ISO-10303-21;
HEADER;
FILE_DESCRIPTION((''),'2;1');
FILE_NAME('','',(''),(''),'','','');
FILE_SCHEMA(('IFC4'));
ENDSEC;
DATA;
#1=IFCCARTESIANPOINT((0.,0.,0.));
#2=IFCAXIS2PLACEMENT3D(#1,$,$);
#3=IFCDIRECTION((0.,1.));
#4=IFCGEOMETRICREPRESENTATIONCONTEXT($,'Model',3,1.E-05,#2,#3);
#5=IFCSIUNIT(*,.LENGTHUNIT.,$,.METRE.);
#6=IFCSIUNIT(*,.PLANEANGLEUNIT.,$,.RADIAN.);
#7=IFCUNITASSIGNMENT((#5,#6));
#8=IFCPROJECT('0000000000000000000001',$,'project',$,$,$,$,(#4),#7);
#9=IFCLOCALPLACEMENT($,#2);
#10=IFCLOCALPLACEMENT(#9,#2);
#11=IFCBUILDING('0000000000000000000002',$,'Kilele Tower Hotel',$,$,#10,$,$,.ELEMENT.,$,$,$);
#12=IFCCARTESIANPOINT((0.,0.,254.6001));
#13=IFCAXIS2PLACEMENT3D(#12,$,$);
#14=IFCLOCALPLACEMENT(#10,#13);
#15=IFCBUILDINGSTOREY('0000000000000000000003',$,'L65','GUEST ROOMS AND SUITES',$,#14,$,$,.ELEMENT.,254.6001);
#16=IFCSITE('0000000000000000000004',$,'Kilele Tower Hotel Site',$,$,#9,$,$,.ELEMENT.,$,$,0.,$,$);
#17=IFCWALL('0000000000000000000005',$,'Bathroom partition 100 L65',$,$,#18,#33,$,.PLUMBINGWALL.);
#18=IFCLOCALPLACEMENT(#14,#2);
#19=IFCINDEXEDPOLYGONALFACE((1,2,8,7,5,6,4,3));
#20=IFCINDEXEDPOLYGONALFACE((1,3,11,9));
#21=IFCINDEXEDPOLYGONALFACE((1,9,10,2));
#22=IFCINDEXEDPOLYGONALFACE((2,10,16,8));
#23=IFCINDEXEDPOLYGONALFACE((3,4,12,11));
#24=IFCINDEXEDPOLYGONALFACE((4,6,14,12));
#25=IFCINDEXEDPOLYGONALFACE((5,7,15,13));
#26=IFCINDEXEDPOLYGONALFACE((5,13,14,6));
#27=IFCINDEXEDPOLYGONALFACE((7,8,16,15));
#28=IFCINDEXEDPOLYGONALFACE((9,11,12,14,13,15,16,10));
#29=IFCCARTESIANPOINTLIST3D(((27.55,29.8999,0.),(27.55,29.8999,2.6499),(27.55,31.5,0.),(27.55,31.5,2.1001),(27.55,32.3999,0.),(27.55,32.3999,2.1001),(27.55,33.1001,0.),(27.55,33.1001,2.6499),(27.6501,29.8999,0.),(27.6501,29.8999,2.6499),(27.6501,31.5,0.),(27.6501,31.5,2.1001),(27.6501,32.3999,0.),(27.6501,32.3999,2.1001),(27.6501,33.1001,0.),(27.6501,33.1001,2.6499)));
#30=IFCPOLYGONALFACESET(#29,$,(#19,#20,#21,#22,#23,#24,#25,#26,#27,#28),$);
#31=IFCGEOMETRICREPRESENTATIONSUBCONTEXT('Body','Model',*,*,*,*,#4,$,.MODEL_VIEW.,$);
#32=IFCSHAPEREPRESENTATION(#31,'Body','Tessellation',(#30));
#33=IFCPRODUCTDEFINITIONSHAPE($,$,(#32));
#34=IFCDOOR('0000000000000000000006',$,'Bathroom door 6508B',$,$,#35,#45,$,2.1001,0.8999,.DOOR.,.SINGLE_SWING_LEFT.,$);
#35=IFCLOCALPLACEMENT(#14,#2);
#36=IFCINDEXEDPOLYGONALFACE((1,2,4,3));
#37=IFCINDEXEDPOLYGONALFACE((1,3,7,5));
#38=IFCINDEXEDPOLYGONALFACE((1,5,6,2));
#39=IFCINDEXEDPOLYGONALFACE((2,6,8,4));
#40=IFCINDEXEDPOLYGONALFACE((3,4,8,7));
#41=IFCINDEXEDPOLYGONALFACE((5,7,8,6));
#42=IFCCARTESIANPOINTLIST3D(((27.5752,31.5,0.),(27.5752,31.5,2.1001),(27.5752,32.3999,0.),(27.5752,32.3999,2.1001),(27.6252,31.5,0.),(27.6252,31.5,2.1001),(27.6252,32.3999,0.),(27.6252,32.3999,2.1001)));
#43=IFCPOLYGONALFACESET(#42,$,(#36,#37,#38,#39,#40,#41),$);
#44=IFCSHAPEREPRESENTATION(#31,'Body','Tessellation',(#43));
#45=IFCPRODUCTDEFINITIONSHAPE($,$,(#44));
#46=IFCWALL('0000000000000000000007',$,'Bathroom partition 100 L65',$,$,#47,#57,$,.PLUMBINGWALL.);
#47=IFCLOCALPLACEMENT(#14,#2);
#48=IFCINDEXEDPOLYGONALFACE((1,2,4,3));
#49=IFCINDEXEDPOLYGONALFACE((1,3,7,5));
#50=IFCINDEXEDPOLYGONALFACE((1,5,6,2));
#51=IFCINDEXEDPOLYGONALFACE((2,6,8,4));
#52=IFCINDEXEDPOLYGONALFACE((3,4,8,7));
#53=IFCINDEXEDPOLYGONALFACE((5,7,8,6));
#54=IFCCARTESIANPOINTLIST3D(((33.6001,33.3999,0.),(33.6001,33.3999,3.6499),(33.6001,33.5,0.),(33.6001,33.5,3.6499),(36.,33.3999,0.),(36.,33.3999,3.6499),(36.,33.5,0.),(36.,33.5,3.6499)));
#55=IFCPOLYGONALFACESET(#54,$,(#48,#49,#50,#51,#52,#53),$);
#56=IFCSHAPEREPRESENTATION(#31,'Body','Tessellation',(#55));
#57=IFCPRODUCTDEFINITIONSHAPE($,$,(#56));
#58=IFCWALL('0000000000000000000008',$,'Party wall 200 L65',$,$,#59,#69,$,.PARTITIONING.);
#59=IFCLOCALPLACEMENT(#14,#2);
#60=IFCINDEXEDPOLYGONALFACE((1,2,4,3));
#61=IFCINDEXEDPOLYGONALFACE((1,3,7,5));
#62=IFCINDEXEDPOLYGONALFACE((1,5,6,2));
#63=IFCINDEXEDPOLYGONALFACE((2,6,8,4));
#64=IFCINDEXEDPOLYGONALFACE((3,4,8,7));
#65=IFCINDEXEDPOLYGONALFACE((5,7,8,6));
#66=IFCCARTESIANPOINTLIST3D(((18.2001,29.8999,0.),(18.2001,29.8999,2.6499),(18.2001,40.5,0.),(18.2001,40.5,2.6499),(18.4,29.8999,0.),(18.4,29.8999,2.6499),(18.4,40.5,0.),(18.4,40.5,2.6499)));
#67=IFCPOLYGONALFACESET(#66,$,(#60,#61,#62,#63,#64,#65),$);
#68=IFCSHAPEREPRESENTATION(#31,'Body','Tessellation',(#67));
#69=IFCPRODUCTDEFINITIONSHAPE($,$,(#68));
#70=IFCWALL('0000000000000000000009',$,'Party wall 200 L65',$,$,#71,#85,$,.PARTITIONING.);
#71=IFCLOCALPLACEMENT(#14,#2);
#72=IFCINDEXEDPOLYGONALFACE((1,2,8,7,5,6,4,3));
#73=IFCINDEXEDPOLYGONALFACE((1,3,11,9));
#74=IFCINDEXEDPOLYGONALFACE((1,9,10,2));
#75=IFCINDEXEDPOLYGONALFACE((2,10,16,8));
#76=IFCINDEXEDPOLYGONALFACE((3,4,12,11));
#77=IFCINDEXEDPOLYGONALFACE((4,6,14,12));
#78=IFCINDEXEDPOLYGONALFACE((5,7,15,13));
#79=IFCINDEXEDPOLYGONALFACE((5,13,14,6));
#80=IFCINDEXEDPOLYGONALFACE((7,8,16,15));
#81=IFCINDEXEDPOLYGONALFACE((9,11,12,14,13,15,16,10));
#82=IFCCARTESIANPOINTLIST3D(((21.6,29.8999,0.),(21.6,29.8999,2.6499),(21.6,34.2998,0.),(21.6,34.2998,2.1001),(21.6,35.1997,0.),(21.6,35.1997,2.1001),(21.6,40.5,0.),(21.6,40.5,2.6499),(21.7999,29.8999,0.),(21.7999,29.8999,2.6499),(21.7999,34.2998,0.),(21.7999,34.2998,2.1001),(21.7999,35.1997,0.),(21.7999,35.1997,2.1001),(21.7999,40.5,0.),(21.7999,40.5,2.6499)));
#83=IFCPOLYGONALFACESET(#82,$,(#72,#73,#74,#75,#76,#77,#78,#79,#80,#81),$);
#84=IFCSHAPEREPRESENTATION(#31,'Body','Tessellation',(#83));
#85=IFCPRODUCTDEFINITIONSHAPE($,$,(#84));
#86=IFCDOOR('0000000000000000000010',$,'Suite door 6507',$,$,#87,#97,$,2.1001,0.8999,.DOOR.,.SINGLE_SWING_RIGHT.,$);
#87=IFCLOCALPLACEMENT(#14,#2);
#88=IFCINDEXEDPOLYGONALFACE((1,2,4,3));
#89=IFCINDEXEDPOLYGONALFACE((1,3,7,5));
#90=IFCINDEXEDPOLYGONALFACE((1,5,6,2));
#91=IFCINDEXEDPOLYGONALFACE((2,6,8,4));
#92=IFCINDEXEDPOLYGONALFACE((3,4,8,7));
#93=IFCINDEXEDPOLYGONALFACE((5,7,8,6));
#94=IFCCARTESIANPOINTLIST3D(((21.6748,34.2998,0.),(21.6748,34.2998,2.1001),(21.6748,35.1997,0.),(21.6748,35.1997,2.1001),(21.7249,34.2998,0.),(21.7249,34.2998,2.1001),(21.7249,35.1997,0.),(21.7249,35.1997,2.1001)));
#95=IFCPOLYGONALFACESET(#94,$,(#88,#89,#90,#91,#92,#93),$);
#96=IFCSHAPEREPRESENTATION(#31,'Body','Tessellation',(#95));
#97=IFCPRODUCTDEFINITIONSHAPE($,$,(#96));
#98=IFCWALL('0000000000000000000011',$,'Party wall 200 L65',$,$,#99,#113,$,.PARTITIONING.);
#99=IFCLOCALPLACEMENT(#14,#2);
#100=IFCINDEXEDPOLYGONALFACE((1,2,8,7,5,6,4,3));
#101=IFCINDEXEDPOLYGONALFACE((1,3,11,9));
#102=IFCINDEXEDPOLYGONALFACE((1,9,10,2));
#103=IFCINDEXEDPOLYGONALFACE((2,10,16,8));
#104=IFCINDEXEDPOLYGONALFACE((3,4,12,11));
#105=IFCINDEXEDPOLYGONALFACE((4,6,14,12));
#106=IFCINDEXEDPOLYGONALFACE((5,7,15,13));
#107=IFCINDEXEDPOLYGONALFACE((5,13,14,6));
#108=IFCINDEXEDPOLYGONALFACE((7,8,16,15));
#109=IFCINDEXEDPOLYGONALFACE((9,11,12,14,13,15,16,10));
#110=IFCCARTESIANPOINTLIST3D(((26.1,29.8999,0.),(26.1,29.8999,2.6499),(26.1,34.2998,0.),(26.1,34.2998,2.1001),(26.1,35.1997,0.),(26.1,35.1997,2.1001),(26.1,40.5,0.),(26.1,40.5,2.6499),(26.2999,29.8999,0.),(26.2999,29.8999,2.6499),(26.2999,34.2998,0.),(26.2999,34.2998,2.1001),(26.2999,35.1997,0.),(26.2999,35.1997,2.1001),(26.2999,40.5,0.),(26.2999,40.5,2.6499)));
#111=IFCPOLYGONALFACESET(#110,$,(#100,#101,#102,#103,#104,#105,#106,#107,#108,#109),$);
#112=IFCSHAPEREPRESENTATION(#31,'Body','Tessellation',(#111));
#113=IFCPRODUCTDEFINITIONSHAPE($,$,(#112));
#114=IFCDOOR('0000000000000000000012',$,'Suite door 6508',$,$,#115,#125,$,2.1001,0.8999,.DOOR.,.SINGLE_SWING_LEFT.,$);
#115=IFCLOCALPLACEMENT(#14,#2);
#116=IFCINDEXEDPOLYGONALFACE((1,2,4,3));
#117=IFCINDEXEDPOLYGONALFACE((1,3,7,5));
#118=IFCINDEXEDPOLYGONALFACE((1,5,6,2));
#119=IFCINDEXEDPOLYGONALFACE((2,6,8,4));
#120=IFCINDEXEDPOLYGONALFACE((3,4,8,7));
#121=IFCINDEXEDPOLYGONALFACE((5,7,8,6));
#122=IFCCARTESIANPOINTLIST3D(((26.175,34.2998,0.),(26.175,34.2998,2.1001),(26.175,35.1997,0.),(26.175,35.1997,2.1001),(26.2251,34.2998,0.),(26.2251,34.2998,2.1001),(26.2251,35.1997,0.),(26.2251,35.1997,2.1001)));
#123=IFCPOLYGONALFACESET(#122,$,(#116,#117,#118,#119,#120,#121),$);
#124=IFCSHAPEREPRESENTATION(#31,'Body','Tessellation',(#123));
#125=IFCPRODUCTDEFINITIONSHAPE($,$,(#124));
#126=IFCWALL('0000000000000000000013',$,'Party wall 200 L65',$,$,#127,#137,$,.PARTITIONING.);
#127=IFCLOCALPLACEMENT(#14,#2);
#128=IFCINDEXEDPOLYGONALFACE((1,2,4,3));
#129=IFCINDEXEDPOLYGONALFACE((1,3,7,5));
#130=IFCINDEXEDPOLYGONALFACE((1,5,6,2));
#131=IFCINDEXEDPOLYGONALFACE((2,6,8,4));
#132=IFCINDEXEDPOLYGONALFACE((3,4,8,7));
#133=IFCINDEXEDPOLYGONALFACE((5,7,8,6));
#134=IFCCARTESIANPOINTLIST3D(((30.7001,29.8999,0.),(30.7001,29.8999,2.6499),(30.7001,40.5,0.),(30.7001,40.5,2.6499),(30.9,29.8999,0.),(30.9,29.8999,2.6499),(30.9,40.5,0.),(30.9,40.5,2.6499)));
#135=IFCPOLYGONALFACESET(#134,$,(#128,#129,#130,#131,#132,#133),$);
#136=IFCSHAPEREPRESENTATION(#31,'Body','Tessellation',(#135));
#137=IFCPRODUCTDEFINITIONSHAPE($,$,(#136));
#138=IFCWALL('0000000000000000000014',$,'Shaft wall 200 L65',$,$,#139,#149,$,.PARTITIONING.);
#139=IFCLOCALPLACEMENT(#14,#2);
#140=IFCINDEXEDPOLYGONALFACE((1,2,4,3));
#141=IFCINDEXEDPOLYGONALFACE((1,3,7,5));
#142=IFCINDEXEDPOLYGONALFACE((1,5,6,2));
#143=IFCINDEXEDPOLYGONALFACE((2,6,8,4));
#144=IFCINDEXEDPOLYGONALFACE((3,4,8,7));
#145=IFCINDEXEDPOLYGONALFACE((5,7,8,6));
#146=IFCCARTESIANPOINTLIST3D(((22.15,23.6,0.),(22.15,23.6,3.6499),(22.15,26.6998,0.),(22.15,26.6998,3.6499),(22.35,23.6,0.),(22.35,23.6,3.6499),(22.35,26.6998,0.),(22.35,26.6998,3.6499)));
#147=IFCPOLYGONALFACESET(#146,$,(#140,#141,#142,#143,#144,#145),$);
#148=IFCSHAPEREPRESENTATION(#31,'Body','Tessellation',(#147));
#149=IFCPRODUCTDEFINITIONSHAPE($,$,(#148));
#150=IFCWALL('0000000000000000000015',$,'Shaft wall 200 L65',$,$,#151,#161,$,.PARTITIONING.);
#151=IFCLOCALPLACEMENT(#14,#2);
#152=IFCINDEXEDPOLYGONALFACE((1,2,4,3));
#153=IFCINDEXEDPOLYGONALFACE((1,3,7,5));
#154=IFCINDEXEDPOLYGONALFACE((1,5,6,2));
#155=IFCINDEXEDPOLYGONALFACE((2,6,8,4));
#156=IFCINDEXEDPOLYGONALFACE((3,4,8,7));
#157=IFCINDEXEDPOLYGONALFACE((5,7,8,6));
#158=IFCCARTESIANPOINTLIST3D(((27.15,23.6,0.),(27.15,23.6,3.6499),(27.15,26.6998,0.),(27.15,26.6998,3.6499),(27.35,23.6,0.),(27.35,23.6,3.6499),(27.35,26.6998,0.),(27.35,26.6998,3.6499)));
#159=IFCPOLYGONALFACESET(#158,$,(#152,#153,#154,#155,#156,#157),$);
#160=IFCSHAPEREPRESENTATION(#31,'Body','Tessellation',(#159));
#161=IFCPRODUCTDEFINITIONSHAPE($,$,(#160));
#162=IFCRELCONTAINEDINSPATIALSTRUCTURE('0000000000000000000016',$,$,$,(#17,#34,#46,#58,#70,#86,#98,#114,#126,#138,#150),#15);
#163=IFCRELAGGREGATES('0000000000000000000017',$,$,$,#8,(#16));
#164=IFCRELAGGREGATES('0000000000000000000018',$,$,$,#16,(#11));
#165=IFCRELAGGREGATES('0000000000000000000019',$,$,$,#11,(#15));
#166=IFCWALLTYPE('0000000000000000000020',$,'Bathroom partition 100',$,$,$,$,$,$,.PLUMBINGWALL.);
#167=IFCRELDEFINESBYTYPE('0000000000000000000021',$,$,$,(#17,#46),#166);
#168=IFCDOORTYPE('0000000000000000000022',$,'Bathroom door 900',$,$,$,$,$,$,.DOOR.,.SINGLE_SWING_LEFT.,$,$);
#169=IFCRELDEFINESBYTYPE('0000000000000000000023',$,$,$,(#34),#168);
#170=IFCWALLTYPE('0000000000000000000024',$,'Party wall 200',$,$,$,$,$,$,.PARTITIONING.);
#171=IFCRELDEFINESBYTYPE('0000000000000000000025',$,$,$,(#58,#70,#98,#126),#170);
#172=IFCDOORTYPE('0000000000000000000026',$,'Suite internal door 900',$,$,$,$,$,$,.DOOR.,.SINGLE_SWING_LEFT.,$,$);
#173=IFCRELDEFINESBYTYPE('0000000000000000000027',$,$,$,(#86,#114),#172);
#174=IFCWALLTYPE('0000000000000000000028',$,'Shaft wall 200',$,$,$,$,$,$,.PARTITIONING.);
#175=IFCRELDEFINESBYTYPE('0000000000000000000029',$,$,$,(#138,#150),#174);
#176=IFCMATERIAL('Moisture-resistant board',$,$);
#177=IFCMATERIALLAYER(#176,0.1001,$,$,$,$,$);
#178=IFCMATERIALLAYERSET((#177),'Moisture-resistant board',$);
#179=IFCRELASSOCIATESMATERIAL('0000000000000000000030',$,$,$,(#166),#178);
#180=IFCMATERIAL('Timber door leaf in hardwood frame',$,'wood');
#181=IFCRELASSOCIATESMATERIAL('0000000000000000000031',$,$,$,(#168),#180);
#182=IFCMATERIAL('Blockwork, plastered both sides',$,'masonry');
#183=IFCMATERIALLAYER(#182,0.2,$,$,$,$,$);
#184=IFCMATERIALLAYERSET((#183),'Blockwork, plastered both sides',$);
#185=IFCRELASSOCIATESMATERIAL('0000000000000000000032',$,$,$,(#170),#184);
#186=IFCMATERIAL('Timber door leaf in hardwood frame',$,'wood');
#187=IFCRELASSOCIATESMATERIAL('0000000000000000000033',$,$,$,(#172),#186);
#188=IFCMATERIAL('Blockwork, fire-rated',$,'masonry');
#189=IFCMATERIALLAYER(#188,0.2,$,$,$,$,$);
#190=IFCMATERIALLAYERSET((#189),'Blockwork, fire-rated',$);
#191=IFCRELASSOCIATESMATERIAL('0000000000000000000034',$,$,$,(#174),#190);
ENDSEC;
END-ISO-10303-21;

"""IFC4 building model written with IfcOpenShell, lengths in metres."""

from ifc_helpers import new_model, si_unit, direction, frame, frame_2d, origin, place, context, subcontext, project, spatial, rectangle, extrude, material, layer, layer_set, type_object, element, fill, save


model = new_model("IFC4")

# Units and contexts
model_context = context("Model", 3, precision=1e-05, world=origin(), true_north=direction((0.0, 1.0)))
body_context = subcontext(model_context, "Body", "Model", "MODEL_VIEW")
ifc_project = project(units=[si_unit("LENGTHUNIT", "METRE"), si_unit("PLANEANGLEUNIT", "RADIAN")], contexts=[model_context])

# Site, building, storey
site_placement = place(None, origin())
site = spatial("IfcSite", under=ifc_project, at=site_placement, Name="Kilele Tower Hotel Site", CompositionType="ELEMENT", RefElevation=0.0)
building_placement = place(site_placement, origin())
building = spatial("IfcBuilding", under=site, at=building_placement, Name="Kilele Tower Hotel", CompositionType="ELEMENT")
storey_placement = place(building_placement, frame((0.0, 0.0, 254.6001)))
storey = spatial("IfcBuildingStorey", under=building, at=storey_placement, Name="L65", Description="GUEST ROOMS AND SUITES", CompositionType="ELEMENT", Elevation=254.6001)

# Shared definitions
ifc_material_1 = material(Name="Moisture-resistant board")
ifc_layer_1 = layer(ifc_material_1, 0.1001)
ifc_layer_set_1 = layer_set([ifc_layer_1], Name="Moisture-resistant board")
wall_type_1 = type_object("IfcWallType", Name="Bathroom partition 100", PredefinedType="PLUMBINGWALL", material=ifc_layer_set_1)

# Shared definitions
ifc_material_2 = material(Name="Timber door leaf in hardwood frame", Category="wood")
door_type_1 = type_object("IfcDoorType", Name="Bathroom door 900", OperationType="SINGLE_SWING_LEFT", PredefinedType="DOOR", material=ifc_material_2)

# Wall, opening, door
wall_1_placement = place(storey_placement, frame((27.6001, 29.8999, 0.0), z_axis=(0.0, 0.0, 1.0), x_axis=(0.0, 1.0, 0.0)))
wall_1 = element("IfcWall", 1, at=wall_1_placement, inside=storey, type_object=wall_type_1, Name="Bathroom partition 100 L65", PredefinedType="PLUMBINGWALL", context=body_context, shape_type="SweptSolid", body=[
    extrude(rectangle(XDim=3.2002, YDim=0.1001, at=frame_2d((1.6001, 0.0))), origin(), (0.0, 0.0, 1.0), 2.6499),
])
opening_1_placement = place(wall_1_placement, frame((1.6001, 0.0, 0.0)))
opening_1 = element("IfcOpeningElement", 2, at=opening_1_placement, cuts=wall_1, PredefinedType="OPENING", context=body_context, shape_type="SweptSolid", body=[
    extrude(rectangle(XDim=0.8999, YDim=2.1001, at=frame_2d((0.45, 1.05))), frame((0.0, 0.0601, 0.0), z_axis=(0.0, -1.0, 0.0), x_axis=(1.0, 0.0, 0.0)), (0.0, 0.0, 1.0), 0.1201),
])
door_1_placement = place(opening_1_placement, origin())
door_1 = element("IfcDoor", 3, at=door_1_placement, inside=storey, type_object=door_type_1, Name="Bathroom door 6508B", OperationType="SINGLE_SWING_LEFT", OverallHeight=2.1001, OverallWidth=0.8999, PredefinedType="DOOR", context=body_context, shape_type="SweptSolid", body=[
    extrude(rectangle(XDim=0.8999, YDim=2.1001, at=frame_2d((0.45, 1.05))), frame((0.0, 0.0249, 0.0), z_axis=(0.0, -1.0, 0.0), x_axis=(1.0, 0.0, 0.0)), (0.0, 0.0, 1.0), 0.05),
])
fill(opening_1, door_1)

# Walls
wall_2_placement = place(storey_placement, frame((33.6001, 33.45, 0.0), z_axis=(0.0, 0.0, 1.0), x_axis=(1.0, 0.0, 0.0)))
element("IfcWall", 4, at=wall_2_placement, inside=storey, type_object=wall_type_1, Name="Bathroom partition 100 L65", PredefinedType="PLUMBINGWALL", context=body_context, shape_type="SweptSolid", body=[
    extrude(rectangle(XDim=2.3999, YDim=0.1001, at=frame_2d((1.2, 0.0))), origin(), (0.0, 0.0, 1.0), 3.6499),
])
ifc_material_3 = material(Name="Blockwork, plastered both sides", Category="masonry")
ifc_layer_2 = layer(ifc_material_3, 0.2)
ifc_layer_set_2 = layer_set([ifc_layer_2], Name="Blockwork, plastered both sides")
wall_type_2 = type_object("IfcWallType", Name="Party wall 200", PredefinedType="PARTITIONING", material=ifc_layer_set_2)
wall_3_placement = place(storey_placement, frame((18.3, 29.8999, 0.0), z_axis=(0.0, 0.0, 1.0), x_axis=(0.0, 1.0, 0.0)))
element("IfcWall", 5, at=wall_3_placement, inside=storey, type_object=wall_type_2, Name="Party wall 200 L65", PredefinedType="PARTITIONING", context=body_context, shape_type="SweptSolid", body=[
    extrude(rectangle(XDim=10.6001, YDim=0.2, at=frame_2d((5.3, 0.0))), origin(), (0.0, 0.0, 1.0), 2.6499),
])

# Walls, openings, doors
wall_4_placement = place(storey_placement, frame((21.7, 29.8999, 0.0), z_axis=(0.0, 0.0, 1.0), x_axis=(0.0, 1.0, 0.0)))
wall_4 = element("IfcWall", 6, at=wall_4_placement, inside=storey, type_object=wall_type_2, Name="Party wall 200 L65", PredefinedType="PARTITIONING", context=body_context, shape_type="SweptSolid", body=[
    extrude(rectangle(XDim=10.6001, YDim=0.2, at=frame_2d((5.3, 0.0))), origin(), (0.0, 0.0, 1.0), 2.6499),
])
opening_2_placement = place(wall_4_placement, frame((5.2998, 0.0, 0.0), z_axis=(0.0, 0.0, 1.0), x_axis=(-1.0, 0.0, 0.0)))
opening_2 = element("IfcOpeningElement", 7, at=opening_2_placement, cuts=wall_4, PredefinedType="OPENING", context=body_context, shape_type="SweptSolid", body=[
    extrude(rectangle(XDim=0.8999, YDim=2.1001, at=frame_2d((0.45, 1.05))), frame((0.0, 0.1099, 0.0), z_axis=(0.0, -1.0, 0.0), x_axis=(1.0, 0.0, 0.0)), (0.0, 0.0, 1.0), 0.22),
])
ifc_material_4 = material(Name="Timber door leaf in hardwood frame", Category="wood")
door_type_2 = type_object("IfcDoorType", Name="Suite internal door 900", OperationType="SINGLE_SWING_LEFT", PredefinedType="DOOR", material=ifc_material_4)
door_2_placement = place(opening_2_placement, origin())
door_2 = element("IfcDoor", 8, at=door_2_placement, inside=storey, type_object=door_type_2, Name="Suite door 6507", OperationType="SINGLE_SWING_RIGHT", OverallHeight=2.1001, OverallWidth=0.8999, PredefinedType="DOOR", context=body_context, shape_type="SweptSolid", body=[
    extrude(rectangle(XDim=0.8999, YDim=2.1001, at=frame_2d((0.45, 1.05))), frame((0.0, 0.0249, 0.0), z_axis=(0.0, -1.0, 0.0), x_axis=(1.0, 0.0, 0.0)), (0.0, 0.0, 1.0), 0.05),
])
fill(opening_2, door_2)
wall_5_placement = place(storey_placement, frame((26.2, 29.8999, 0.0), z_axis=(0.0, 0.0, 1.0), x_axis=(0.0, 1.0, 0.0)))
wall_5 = element("IfcWall", 9, at=wall_5_placement, inside=storey, type_object=wall_type_2, Name="Party wall 200 L65", PredefinedType="PARTITIONING", context=body_context, shape_type="SweptSolid", body=[
    extrude(rectangle(XDim=10.6001, YDim=0.2, at=frame_2d((5.3, 0.0))), origin(), (0.0, 0.0, 1.0), 2.6499),
])
opening_3_placement = place(wall_5_placement, frame((4.3999, 0.0, 0.0)))
opening_3 = element("IfcOpeningElement", 10, at=opening_3_placement, cuts=wall_5, PredefinedType="OPENING", context=body_context, shape_type="SweptSolid", body=[
    extrude(rectangle(XDim=0.8999, YDim=2.1001, at=frame_2d((0.45, 1.05))), frame((0.0, 0.1099, 0.0), z_axis=(0.0, -1.0, 0.0), x_axis=(1.0, 0.0, 0.0)), (0.0, 0.0, 1.0), 0.22),
])
door_3_placement = place(opening_3_placement, origin())
door_3 = element("IfcDoor", 11, at=door_3_placement, inside=storey, type_object=door_type_2, Name="Suite door 6508", OperationType="SINGLE_SWING_LEFT", OverallHeight=2.1001, OverallWidth=0.8999, PredefinedType="DOOR", context=body_context, shape_type="SweptSolid", body=[
    extrude(rectangle(XDim=0.8999, YDim=2.1001, at=frame_2d((0.45, 1.05))), frame((0.0, 0.0249, 0.0), z_axis=(0.0, -1.0, 0.0), x_axis=(1.0, 0.0, 0.0)), (0.0, 0.0, 1.0), 0.05),
])
fill(opening_3, door_3)

# Walls
wall_6_placement = place(storey_placement, frame((30.8, 29.8999, 0.0), z_axis=(0.0, 0.0, 1.0), x_axis=(0.0, 1.0, 0.0)))
element("IfcWall", 12, at=wall_6_placement, inside=storey, type_object=wall_type_2, Name="Party wall 200 L65", PredefinedType="PARTITIONING", context=body_context, shape_type="SweptSolid", body=[
    extrude(rectangle(XDim=10.6001, YDim=0.2, at=frame_2d((5.3, 0.0))), origin(), (0.0, 0.0, 1.0), 2.6499),
])
ifc_material_5 = material(Name="Blockwork, fire-rated", Category="masonry")
ifc_layer_3 = layer(ifc_material_5, 0.2)
ifc_layer_set_3 = layer_set([ifc_layer_3], Name="Blockwork, fire-rated")
wall_type_3 = type_object("IfcWallType", Name="Shaft wall 200", PredefinedType="PARTITIONING", material=ifc_layer_set_3)
for number, where, z_axis, x_axis, name in (
    (13, (22.25, 23.6001, 0.0), (0.0, 0.0, 1.0), (0.0, 1.0, 0.0), "Shaft wall 200 L65"),
    (14, (27.25, 23.6001, 0.0), (0.0, 0.0, 1.0), (0.0, 1.0, 0.0), "Shaft wall 200 L65"),
):
    element("IfcWall", number, at=place(storey_placement, frame(where, z_axis=z_axis, x_axis=x_axis)), inside=storey, type_object=wall_type_3, Name=name, PredefinedType="PARTITIONING", context=body_context, shape_type="SweptSolid", body=[
        extrude(rectangle(XDim=3.0999, YDim=0.2, at=frame_2d((1.5498, 0.0))), origin(), (0.0, 0.0, 1.0), 3.6499),
    ])

save(model, "model.ifc")
